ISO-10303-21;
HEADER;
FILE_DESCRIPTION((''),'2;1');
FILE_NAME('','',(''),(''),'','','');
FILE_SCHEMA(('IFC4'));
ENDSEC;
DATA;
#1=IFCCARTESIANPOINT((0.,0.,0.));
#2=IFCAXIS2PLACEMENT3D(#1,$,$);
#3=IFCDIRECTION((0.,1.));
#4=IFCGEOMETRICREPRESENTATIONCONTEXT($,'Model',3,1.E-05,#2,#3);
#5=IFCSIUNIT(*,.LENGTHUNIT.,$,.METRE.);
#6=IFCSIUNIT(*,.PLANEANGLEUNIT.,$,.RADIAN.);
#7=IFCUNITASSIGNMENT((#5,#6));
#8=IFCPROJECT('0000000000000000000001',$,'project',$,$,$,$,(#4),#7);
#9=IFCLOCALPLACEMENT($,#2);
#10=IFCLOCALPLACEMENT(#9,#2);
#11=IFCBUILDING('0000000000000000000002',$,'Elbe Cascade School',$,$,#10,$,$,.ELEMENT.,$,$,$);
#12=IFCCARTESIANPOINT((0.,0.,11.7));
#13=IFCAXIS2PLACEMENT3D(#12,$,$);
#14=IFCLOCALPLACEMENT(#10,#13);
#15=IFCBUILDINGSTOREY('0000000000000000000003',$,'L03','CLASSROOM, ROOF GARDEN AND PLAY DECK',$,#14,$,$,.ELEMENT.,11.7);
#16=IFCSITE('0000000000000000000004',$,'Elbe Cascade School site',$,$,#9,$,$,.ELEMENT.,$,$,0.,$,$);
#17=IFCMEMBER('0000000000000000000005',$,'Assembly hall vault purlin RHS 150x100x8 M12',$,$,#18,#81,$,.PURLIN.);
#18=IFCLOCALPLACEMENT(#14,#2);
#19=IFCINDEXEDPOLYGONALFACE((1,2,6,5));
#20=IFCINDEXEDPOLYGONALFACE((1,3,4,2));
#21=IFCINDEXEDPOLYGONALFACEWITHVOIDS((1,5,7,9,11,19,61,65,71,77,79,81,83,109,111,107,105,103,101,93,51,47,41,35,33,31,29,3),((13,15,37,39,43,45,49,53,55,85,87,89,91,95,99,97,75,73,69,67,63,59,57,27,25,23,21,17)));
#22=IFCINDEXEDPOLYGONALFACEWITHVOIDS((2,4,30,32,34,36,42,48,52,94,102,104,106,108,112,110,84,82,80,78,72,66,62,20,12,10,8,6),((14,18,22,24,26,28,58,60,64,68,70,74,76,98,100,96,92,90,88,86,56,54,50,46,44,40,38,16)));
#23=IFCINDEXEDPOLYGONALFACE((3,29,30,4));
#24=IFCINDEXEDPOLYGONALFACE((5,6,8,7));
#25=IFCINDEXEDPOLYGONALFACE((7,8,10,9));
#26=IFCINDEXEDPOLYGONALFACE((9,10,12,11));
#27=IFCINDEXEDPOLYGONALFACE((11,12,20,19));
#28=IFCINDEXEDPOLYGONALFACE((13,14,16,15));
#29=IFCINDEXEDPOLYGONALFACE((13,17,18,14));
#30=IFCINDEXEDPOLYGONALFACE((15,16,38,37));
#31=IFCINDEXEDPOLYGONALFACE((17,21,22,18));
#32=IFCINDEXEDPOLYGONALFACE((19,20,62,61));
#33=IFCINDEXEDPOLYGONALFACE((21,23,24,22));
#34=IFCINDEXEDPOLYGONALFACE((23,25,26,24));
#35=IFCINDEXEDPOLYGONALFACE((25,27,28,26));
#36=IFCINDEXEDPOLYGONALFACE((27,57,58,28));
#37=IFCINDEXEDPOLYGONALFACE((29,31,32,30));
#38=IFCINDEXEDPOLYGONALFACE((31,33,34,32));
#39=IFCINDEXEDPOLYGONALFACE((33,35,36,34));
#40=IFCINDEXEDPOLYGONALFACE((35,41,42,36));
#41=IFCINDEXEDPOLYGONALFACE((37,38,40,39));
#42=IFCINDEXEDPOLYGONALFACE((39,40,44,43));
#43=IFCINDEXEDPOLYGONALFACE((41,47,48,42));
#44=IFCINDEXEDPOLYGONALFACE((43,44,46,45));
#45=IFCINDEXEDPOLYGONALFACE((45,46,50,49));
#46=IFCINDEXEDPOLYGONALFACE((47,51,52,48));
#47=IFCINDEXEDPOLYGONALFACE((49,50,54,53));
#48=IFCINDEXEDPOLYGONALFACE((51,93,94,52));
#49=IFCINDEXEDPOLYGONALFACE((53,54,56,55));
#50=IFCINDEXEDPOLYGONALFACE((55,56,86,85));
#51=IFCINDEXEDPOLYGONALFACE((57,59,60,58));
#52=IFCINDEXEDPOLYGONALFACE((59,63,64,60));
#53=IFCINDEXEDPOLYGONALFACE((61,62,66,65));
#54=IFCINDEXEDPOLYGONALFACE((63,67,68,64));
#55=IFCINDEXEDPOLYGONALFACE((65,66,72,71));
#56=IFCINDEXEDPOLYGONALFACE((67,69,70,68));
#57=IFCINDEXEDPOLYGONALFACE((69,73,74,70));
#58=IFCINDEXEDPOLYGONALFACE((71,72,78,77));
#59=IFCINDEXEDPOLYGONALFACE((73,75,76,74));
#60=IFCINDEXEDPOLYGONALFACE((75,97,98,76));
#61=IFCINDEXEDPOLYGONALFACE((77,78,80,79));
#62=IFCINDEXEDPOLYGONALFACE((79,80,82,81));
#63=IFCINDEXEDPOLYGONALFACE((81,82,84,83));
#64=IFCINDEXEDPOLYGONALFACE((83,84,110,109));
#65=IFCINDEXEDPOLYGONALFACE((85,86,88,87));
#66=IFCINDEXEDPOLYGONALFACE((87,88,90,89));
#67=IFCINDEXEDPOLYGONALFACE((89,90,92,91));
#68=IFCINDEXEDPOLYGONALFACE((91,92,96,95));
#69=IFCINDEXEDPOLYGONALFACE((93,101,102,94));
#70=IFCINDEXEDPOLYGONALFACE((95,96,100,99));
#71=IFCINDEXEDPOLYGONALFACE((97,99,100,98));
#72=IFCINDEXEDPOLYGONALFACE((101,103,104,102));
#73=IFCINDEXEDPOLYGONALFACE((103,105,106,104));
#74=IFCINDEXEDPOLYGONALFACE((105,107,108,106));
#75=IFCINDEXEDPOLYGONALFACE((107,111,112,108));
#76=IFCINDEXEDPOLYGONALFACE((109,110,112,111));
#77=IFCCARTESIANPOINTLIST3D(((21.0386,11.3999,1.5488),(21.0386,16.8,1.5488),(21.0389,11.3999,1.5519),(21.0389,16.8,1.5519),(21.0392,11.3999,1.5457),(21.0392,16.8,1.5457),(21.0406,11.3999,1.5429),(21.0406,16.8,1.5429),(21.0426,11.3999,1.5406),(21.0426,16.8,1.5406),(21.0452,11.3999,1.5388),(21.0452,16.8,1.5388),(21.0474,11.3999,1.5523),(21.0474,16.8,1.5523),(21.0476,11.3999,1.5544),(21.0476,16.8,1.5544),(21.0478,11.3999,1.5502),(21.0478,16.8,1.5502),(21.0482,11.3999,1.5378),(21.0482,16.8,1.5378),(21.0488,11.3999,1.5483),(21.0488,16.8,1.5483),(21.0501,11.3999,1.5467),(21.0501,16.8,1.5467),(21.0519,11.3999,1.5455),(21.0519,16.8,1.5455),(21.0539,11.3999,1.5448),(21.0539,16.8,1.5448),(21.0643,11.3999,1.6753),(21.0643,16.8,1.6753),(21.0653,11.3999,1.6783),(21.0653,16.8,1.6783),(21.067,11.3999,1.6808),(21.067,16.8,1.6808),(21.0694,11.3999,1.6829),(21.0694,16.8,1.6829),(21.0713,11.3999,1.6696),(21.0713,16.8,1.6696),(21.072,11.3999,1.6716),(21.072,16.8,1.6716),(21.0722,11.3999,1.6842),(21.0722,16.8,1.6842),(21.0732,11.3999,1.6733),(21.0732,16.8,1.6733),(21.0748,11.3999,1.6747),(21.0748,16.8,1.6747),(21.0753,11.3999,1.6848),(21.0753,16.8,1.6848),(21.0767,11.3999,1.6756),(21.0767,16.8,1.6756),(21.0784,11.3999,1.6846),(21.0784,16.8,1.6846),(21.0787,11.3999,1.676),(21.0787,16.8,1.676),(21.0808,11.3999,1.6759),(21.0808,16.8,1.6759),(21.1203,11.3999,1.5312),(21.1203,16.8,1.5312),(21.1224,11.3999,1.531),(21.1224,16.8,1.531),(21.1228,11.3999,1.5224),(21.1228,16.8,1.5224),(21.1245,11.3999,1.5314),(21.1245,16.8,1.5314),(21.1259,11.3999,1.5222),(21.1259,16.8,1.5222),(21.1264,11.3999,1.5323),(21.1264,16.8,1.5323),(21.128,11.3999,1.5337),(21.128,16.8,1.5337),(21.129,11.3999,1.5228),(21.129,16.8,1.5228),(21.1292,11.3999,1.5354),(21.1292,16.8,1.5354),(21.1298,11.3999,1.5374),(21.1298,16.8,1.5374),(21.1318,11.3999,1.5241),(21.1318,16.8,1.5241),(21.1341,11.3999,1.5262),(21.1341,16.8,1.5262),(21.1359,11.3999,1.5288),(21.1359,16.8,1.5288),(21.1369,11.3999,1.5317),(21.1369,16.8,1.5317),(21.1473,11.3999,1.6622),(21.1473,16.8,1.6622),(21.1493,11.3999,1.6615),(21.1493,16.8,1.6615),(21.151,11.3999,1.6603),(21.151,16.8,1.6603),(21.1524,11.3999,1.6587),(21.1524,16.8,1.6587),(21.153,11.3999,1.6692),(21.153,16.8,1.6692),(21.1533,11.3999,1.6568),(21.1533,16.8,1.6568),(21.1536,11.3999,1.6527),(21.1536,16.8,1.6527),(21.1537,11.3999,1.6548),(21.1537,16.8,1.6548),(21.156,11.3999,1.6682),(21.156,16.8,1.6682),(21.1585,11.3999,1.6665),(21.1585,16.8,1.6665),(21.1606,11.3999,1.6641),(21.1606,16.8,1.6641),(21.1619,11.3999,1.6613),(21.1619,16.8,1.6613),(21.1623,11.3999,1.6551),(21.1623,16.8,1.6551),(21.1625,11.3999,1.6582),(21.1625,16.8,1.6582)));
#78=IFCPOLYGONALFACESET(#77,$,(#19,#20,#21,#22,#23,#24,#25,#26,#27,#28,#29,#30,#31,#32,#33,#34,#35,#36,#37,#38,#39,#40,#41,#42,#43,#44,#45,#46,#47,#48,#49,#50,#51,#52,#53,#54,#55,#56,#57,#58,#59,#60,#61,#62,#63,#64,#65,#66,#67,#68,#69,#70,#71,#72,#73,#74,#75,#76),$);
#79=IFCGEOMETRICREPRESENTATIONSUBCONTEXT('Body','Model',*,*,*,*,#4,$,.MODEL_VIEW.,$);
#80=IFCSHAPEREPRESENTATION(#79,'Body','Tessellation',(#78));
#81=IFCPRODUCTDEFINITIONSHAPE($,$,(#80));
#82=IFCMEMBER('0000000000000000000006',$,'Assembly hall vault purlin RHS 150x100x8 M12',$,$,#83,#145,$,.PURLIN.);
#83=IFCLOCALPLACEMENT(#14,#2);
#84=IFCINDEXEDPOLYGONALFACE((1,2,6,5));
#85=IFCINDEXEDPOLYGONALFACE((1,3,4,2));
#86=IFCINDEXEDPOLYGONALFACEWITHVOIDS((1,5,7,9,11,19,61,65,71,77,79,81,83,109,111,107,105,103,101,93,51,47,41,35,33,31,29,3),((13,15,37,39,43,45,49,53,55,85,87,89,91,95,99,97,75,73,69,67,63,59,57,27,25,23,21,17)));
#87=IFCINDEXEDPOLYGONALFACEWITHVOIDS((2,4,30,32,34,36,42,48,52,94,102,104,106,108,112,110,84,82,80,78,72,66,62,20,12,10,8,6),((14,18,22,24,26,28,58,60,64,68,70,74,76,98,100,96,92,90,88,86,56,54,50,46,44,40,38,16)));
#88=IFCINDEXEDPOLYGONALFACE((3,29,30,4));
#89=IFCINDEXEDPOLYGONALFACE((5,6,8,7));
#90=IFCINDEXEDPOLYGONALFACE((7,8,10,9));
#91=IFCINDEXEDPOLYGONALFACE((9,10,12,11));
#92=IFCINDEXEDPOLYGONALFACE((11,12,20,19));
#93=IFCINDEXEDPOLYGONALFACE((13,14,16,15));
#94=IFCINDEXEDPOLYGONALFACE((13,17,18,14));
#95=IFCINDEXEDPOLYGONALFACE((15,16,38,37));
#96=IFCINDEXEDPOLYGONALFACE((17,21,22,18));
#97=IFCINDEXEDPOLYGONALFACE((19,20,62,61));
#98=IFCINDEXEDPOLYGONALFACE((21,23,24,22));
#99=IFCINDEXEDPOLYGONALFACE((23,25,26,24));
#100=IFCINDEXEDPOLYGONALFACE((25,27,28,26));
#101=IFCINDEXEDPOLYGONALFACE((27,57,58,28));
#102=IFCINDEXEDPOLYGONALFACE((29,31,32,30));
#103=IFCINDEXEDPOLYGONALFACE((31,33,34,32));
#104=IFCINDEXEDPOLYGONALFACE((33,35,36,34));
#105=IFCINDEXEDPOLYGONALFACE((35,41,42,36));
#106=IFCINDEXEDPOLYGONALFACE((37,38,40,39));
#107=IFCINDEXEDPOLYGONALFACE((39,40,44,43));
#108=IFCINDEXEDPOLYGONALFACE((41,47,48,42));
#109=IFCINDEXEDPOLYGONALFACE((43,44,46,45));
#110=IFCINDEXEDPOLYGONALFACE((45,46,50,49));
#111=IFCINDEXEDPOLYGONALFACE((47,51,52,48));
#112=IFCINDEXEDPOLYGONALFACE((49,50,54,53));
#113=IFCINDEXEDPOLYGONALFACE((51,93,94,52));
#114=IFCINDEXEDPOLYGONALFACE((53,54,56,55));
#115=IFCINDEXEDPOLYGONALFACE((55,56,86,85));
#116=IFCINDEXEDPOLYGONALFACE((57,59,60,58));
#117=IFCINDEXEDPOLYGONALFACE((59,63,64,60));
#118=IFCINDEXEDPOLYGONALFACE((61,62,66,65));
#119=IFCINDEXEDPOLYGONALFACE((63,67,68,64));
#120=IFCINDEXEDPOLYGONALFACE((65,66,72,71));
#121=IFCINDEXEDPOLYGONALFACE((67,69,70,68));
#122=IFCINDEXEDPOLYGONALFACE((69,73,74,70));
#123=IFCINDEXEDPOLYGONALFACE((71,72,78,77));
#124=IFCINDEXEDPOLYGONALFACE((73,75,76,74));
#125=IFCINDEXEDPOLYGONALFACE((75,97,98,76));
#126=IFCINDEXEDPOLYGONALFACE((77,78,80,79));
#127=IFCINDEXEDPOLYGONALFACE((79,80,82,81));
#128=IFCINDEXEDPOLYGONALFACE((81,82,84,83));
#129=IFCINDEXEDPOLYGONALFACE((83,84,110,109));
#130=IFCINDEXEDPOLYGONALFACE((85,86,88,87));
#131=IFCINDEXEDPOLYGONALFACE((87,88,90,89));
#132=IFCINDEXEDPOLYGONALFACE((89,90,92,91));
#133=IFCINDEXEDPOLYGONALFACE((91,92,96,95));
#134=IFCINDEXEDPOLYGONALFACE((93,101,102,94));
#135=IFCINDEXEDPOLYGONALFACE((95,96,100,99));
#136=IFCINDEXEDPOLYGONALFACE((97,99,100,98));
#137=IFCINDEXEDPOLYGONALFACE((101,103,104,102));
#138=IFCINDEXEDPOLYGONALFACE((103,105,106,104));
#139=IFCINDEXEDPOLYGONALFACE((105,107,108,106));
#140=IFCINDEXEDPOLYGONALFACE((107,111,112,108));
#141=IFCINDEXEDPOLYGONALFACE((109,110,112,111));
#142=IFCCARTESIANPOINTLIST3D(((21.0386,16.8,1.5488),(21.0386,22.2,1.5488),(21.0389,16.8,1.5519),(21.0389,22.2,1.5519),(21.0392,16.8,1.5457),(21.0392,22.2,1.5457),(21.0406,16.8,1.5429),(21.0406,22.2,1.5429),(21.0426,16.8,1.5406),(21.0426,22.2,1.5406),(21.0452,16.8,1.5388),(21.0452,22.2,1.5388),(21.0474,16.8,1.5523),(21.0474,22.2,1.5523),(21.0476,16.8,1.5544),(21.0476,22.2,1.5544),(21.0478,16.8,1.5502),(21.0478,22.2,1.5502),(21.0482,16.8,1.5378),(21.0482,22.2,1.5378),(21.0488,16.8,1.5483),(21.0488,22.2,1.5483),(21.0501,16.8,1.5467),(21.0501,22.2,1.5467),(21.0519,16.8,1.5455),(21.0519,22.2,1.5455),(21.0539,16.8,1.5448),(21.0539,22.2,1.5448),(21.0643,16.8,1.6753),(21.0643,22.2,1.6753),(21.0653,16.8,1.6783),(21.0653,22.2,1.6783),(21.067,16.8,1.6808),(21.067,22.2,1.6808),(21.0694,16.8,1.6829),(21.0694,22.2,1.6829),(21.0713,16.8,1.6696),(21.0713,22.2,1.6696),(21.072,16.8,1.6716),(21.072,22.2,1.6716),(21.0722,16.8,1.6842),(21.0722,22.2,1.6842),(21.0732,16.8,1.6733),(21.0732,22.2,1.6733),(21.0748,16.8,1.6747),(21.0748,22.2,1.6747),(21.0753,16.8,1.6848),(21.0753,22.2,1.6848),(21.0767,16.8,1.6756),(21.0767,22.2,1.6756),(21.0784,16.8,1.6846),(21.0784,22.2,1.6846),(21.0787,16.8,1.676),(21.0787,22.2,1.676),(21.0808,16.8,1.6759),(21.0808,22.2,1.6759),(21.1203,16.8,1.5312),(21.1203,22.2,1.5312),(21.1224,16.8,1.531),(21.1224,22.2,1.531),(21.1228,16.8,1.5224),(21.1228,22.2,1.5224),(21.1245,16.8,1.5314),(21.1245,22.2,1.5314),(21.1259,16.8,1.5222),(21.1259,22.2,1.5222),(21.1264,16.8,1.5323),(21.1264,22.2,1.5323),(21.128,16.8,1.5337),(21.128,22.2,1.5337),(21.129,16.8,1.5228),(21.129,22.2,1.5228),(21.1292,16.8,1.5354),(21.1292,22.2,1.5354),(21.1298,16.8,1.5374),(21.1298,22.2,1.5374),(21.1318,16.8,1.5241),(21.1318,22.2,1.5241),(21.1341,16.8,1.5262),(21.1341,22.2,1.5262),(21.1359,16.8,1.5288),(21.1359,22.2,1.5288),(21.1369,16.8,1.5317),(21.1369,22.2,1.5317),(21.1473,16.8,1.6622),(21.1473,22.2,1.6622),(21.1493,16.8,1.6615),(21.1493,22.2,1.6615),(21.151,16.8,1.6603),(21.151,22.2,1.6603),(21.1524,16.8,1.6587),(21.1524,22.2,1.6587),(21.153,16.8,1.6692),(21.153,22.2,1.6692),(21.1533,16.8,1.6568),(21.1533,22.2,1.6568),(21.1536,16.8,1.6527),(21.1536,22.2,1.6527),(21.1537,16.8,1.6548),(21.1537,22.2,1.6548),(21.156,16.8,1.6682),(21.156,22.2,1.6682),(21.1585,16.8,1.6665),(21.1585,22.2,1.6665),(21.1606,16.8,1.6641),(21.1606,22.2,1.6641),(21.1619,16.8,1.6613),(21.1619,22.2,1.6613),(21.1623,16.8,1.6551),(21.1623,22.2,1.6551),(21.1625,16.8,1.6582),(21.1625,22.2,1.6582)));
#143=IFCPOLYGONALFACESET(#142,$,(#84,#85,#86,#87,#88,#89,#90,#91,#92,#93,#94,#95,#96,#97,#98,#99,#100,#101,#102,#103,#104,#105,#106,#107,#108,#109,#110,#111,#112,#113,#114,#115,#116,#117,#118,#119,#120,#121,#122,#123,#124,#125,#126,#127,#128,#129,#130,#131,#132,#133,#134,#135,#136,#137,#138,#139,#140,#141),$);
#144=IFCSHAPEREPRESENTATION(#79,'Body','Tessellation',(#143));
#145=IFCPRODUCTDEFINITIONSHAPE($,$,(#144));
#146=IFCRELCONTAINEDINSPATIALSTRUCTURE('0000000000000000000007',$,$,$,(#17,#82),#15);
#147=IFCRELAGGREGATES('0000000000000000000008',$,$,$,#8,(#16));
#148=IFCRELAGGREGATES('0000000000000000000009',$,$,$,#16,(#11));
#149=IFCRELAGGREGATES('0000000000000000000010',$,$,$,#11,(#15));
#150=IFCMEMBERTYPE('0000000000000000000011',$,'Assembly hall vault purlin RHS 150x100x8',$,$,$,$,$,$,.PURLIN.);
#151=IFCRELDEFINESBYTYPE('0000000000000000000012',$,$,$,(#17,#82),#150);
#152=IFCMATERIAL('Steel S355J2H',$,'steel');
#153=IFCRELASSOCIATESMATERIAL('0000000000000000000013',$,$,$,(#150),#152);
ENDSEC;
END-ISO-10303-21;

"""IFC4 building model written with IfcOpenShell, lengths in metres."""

from ifc_helpers import new_model, si_unit, direction, frame, origin, origin_2d, place, context, subcontext, project, spatial, hollow_rectangle, extrude, material, material_profile, profile_set, type_object, element, save


model = new_model("IFC4")

# Units and contexts
model_context = context("Model", 3, precision=1e-05, world=origin(), true_north=direction((0.0, 1.0)))
body_context = subcontext(model_context, "Body", "Model", "MODEL_VIEW")
ifc_project = project(units=[si_unit("LENGTHUNIT", "METRE"), si_unit("PLANEANGLEUNIT", "RADIAN")], contexts=[model_context])

# Site, building, storey
site_placement = place(None, origin())
site = spatial("IfcSite", under=ifc_project, at=site_placement, Name="Elbe Cascade School site", CompositionType="ELEMENT", RefElevation=0.0)
building_placement = place(site_placement, origin())
building = spatial("IfcBuilding", under=site, at=building_placement, Name="Elbe Cascade School", CompositionType="ELEMENT")
storey_placement = place(building_placement, frame((0.0, 0.0, 11.7)))
storey = spatial("IfcBuildingStorey", under=building, at=storey_placement, Name="L03", Description="CLASSROOM, ROOF GARDEN AND PLAY DECK", CompositionType="ELEMENT", Elevation=11.7)

# Members
ifc_material_1 = material(Name="Steel S355J2H", Category="steel")
ifc_material_profile_1 = material_profile(ifc_material_1, hollow_rectangle(XDim=0.1001, YDim=0.1499, WallThickness=0.0081, InnerFilletRadius=0.0081, OuterFilletRadius=0.012, at=origin_2d()), Name="RHS 150x100x8")
ifc_profile_set_1 = profile_set([ifc_material_profile_1], Name="Steel S355J2H")
member_type_1 = type_object("IfcMemberType", Name="Assembly hall vault purlin RHS 150x100x8", PredefinedType="PURLIN", material=ifc_profile_set_1)
member_1_placement = place(storey_placement, frame((21.1006, 11.3999, 1.6035), z_axis=(0.0, 1.0, 0.0), x_axis=(-0.979448, 0.0, 0.201697)))
element("IfcMember", 1, at=member_1_placement, inside=storey, type_object=member_type_1, Name="Assembly hall vault purlin RHS 150x100x8 M12", PredefinedType="PURLIN", context=body_context, shape_type="SweptSolid", body=[
    extrude(hollow_rectangle(XDim=0.1001, YDim=0.1499, WallThickness=0.0081, InnerFilletRadius=0.0081, OuterFilletRadius=0.012, at=origin_2d()), origin(), (0.0, 0.0, 1.0), 5.4001),
])
member_2_placement = place(storey_placement, frame((21.1006, 16.8, 1.6035), z_axis=(0.0, 1.0, 0.0), x_axis=(-0.979448, 0.0, 0.201697)))
element("IfcMember", 2, at=member_2_placement, inside=storey, type_object=member_type_1, Name="Assembly hall vault purlin RHS 150x100x8 M12", PredefinedType="PURLIN", context=body_context, shape_type="SweptSolid", body=[
    extrude(hollow_rectangle(XDim=0.1001, YDim=0.1499, WallThickness=0.0081, InnerFilletRadius=0.0081, OuterFilletRadius=0.012, at=origin_2d()), origin(), (0.0, 0.0, 1.0), 5.3999),
])

save(model, "model.ifc")
